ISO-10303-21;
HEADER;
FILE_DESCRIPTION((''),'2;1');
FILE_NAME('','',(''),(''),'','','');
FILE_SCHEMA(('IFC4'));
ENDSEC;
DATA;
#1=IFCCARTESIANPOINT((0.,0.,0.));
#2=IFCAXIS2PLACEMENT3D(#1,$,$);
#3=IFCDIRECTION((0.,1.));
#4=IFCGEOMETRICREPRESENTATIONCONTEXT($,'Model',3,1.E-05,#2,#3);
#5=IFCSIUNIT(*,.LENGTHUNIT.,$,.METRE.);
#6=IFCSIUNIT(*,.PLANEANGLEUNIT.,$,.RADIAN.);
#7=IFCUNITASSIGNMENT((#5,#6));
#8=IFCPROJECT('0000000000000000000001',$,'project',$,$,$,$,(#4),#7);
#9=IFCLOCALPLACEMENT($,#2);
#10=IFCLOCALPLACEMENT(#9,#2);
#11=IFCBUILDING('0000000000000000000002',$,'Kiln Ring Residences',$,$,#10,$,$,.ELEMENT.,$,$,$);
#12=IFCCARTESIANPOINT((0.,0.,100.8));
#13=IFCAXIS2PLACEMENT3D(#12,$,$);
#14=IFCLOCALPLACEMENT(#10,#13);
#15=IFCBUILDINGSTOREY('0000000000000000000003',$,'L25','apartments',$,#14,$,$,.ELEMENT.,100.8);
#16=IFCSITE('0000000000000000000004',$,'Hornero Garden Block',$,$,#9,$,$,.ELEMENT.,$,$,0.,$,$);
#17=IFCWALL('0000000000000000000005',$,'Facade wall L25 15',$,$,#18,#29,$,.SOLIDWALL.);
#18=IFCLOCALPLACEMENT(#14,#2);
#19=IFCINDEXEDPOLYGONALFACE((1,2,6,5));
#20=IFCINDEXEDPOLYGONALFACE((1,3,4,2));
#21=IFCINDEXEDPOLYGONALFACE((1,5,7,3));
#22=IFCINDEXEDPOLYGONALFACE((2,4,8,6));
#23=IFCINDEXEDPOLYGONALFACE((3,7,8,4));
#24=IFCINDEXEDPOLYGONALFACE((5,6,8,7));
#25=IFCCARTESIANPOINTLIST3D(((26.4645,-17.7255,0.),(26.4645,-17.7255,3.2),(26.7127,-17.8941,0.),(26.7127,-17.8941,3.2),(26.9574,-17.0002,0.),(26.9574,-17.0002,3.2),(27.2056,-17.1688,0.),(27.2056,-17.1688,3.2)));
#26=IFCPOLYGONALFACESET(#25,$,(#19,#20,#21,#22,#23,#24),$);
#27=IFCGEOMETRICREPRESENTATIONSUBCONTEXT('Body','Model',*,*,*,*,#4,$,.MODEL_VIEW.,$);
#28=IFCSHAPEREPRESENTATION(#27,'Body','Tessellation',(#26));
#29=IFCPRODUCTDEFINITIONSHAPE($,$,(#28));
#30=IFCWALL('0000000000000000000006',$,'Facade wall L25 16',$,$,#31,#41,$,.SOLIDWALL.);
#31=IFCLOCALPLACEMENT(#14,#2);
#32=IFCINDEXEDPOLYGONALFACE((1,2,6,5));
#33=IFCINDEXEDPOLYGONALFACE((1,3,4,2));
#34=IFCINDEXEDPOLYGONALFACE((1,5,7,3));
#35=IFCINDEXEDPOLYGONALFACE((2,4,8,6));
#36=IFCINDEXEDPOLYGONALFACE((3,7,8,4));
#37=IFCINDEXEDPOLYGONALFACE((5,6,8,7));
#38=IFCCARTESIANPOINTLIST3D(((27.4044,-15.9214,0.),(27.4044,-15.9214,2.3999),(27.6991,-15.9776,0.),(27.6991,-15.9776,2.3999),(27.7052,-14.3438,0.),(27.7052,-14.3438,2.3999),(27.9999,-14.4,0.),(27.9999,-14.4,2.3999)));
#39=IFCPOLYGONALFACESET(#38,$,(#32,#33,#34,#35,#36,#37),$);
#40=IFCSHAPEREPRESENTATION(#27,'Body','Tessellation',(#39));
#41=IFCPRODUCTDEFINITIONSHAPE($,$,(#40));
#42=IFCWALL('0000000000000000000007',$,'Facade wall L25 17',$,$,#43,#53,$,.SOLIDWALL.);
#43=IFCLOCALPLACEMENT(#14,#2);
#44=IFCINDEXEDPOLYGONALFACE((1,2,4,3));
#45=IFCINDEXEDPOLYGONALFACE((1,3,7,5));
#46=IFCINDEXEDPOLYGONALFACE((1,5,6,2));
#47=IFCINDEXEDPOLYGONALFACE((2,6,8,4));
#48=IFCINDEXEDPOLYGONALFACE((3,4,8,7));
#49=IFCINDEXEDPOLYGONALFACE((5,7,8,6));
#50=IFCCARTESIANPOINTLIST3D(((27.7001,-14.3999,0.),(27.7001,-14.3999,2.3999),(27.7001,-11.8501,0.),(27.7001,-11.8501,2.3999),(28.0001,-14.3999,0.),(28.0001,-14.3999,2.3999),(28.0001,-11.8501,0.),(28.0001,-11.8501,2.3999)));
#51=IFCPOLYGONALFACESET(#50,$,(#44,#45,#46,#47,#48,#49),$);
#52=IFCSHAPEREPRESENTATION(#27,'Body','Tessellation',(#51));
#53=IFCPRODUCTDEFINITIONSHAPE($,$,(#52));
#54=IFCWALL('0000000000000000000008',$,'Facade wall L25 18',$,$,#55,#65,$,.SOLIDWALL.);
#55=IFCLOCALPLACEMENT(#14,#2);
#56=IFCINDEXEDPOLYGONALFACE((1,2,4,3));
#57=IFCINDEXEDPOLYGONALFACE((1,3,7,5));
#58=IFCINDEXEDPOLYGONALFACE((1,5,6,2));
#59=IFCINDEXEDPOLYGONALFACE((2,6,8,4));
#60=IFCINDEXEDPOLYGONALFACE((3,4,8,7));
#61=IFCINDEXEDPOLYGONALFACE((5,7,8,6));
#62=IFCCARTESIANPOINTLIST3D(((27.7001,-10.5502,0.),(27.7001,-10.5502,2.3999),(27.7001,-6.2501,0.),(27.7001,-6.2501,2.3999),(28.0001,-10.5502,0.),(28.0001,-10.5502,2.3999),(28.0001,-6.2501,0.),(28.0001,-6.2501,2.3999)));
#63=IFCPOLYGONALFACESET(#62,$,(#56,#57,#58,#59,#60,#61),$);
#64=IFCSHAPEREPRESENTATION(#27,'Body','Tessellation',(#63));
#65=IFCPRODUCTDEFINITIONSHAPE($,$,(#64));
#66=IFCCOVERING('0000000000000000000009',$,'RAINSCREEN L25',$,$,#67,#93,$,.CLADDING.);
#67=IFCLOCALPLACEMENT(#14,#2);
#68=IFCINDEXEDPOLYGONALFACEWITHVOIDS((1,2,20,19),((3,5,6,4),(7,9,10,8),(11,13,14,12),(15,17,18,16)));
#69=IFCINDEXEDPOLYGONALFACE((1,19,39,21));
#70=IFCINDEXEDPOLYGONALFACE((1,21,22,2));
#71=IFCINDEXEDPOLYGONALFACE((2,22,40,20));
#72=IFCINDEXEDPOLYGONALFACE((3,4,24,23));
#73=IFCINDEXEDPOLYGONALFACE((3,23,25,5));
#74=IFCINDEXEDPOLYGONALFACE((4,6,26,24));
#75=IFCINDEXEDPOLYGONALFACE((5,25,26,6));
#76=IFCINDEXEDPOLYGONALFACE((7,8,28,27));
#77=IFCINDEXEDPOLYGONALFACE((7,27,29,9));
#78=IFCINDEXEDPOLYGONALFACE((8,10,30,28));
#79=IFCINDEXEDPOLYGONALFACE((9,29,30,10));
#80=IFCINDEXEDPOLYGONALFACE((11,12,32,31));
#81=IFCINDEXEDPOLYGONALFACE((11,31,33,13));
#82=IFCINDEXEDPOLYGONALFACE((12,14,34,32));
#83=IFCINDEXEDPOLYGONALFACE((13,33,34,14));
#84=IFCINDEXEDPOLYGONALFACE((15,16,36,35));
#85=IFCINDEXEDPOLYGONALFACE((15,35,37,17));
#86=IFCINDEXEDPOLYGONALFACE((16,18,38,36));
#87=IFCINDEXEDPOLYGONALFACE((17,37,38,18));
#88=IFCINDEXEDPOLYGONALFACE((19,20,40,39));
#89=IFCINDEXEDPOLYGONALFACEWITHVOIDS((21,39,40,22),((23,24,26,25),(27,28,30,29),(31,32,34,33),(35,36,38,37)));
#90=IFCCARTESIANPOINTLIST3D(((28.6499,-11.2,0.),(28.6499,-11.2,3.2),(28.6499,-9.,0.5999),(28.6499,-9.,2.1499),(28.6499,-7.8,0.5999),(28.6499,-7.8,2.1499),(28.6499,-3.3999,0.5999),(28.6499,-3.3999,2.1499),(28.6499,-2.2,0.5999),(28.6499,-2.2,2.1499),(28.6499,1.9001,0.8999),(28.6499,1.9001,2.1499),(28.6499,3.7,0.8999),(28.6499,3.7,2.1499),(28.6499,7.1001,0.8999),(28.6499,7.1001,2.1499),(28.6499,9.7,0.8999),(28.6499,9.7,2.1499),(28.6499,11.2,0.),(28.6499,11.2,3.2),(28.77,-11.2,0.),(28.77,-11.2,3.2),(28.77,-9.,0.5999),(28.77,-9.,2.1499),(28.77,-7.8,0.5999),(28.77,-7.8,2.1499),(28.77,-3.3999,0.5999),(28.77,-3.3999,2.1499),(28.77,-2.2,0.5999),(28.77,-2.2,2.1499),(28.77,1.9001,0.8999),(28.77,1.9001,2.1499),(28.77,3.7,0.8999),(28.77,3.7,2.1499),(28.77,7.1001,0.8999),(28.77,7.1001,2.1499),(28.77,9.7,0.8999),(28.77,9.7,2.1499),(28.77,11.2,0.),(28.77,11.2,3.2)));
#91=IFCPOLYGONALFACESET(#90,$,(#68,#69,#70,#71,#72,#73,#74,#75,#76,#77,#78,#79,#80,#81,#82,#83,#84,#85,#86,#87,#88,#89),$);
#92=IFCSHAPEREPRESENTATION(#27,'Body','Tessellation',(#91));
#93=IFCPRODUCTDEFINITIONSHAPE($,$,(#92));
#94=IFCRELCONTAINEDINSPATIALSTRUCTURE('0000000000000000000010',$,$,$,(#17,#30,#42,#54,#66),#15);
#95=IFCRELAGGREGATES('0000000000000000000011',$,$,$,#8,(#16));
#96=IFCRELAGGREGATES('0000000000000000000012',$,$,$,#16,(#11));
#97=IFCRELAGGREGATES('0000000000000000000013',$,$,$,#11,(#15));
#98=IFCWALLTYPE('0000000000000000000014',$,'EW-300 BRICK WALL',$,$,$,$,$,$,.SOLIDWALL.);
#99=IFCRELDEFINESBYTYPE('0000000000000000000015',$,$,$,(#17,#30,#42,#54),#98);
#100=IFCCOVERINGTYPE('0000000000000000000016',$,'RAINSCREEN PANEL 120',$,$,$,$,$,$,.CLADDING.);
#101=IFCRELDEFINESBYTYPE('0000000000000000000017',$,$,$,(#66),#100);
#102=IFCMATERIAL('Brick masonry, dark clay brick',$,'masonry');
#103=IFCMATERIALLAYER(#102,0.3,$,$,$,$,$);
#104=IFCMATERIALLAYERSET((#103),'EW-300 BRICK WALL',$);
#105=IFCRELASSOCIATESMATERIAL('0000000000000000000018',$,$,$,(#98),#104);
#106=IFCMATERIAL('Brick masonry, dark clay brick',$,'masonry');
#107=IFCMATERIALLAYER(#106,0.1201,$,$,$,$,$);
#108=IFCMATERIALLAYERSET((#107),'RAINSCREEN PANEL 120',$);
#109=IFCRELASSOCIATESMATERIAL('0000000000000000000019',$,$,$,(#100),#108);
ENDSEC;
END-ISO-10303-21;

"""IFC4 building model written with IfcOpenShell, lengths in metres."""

from ifc_helpers import new_model, si_unit, direction, frame, frame_2d, origin, place, context, subcontext, project, spatial, polyline, rectangle, outline, extrude, material, layer, layer_set, type_object, element, save


model = new_model("IFC4")

# Units and contexts
model_context = context("Model", 3, precision=1e-05, world=origin(), true_north=direction((0.0, 1.0)))
body_context = subcontext(model_context, "Body", "Model", "MODEL_VIEW")
ifc_project = project(units=[si_unit("LENGTHUNIT", "METRE"), si_unit("PLANEANGLEUNIT", "RADIAN")], contexts=[model_context])

# Site, building, storey
site_placement = place(None, origin())
site = spatial("IfcSite", under=ifc_project, at=site_placement, Name="Hornero Garden Block", CompositionType="ELEMENT", RefElevation=0.0)
building_placement = place(site_placement, origin())
building = spatial("IfcBuilding", under=site, at=building_placement, Name="Kiln Ring Residences", CompositionType="ELEMENT")
storey_placement = place(building_placement, frame((0.0, 0.0, 100.8)))
storey = spatial("IfcBuildingStorey", under=building, at=storey_placement, Name="L25", Description="apartments", CompositionType="ELEMENT", Elevation=100.8)

# Walls
ifc_material_1 = material(Name="Brick masonry, dark clay brick", Category="masonry")
ifc_layer_1 = layer(ifc_material_1, 0.3)
ifc_layer_set_1 = layer_set([ifc_layer_1], Name="EW-300 BRICK WALL")
wall_type_1 = type_object("IfcWallType", Name="EW-300 BRICK WALL", PredefinedType="SOLIDWALL", material=ifc_layer_set_1)
wall_1_placement = place(storey_placement, frame((26.5886, -17.8098, 0.0), z_axis=(0.0, 0.0, 1.0), x_axis=(0.562066, 0.827092, 0.0)))
element("IfcWall", 1, at=wall_1_placement, inside=storey, type_object=wall_type_1, Name="Facade wall L25 15", PredefinedType="SOLIDWALL", context=body_context, shape_type="SweptSolid", body=[
    extrude(rectangle(XDim=0.877, YDim=0.3, at=frame_2d((0.4385, 0.0))), origin(), (0.0, 0.0, 1.0), 3.2),
])
wall_2_placement = place(storey_placement, frame((27.5518, -15.9495, 0.0), z_axis=(0.0, 0.0, 1.0), x_axis=(0.18728, 0.982307, 0.0)))
element("IfcWall", 2, at=wall_2_placement, inside=storey, type_object=wall_type_1, Name="Facade wall L25 16", PredefinedType="SOLIDWALL", context=body_context, shape_type="SweptSolid", body=[
    extrude(rectangle(XDim=1.606, YDim=0.3, at=frame_2d((0.803, 0.0))), origin(), (0.0, 0.0, 1.0), 2.3999),
])
wall_3_placement = place(storey_placement, frame((27.8501, -14.3999, 0.0), z_axis=(0.0, 0.0, 1.0), x_axis=(0.0, 1.0, 0.0)))
element("IfcWall", 3, at=wall_3_placement, inside=storey, type_object=wall_type_1, Name="Facade wall L25 17", PredefinedType="SOLIDWALL", context=body_context, shape_type="SweptSolid", body=[
    extrude(rectangle(XDim=2.5498, YDim=0.3, at=frame_2d((1.2749, 0.0))), origin(), (0.0, 0.0, 1.0), 2.3999),
])
wall_4_placement = place(storey_placement, frame((27.8501, -10.55, 0.0), z_axis=(0.0, 0.0, 1.0), x_axis=(0.0, 1.0, 0.0)))
element("IfcWall", 4, at=wall_4_placement, inside=storey, type_object=wall_type_1, Name="Facade wall L25 18", PredefinedType="SOLIDWALL", context=body_context, shape_type="SweptSolid", body=[
    extrude(rectangle(XDim=4.3, YDim=0.3, at=frame_2d((2.1499, 0.0))), origin(), (0.0, 0.0, 1.0), 2.3999),
])

# Covering
ifc_material_2 = material(Name="Brick masonry, dark clay brick", Category="masonry")
ifc_layer_2 = layer(ifc_material_2, 0.1201)
ifc_layer_set_2 = layer_set([ifc_layer_2], Name="RAINSCREEN PANEL 120")
covering_type = type_object("IfcCoveringType", Name="RAINSCREEN PANEL 120", PredefinedType="CLADDING", material=ifc_layer_set_2)
covering_placement = place(storey_placement, frame((28.71, -11.2, 0.0), z_axis=(0.0, 0.0, 1.0), x_axis=(0.0, 1.0, 0.0)))
element("IfcCovering", 5, at=covering_placement, inside=storey, type_object=covering_type, Name="RAINSCREEN L25", PredefinedType="CLADDING", context=body_context, shape_type="SweptSolid", body=[
    extrude(outline(polyline([(0.0, 0.0), (22.3999, 0.0), (22.3999, 3.2), (0.0, 3.2), (0.0, 0.0)]), holes=[polyline([(3.3999, 0.5999), (3.3999, 2.1499), (2.2, 2.1499), (2.2, 0.5999), (3.3999, 0.5999)]), polyline([(9.0, 0.5999), (9.0, 2.1499), (7.8, 2.1499), (7.8, 0.5999), (9.0, 0.5999)]), polyline([(14.8999, 0.8999), (14.8999, 2.1499), (13.1001, 2.1499), (13.1001, 0.8999), (14.8999, 0.8999)]), polyline([(20.8999, 0.8999), (20.8999, 2.1499), (18.3, 2.1499), (18.3, 0.8999), (20.8999, 0.8999)])]), frame((0.0, 0.0601, 0.0), z_axis=(0.0, -1.0, 0.0), x_axis=(1.0, 0.0, 0.0)), (0.0, 0.0, 1.0), 0.1201),
])

save(model, "model.ifc")
